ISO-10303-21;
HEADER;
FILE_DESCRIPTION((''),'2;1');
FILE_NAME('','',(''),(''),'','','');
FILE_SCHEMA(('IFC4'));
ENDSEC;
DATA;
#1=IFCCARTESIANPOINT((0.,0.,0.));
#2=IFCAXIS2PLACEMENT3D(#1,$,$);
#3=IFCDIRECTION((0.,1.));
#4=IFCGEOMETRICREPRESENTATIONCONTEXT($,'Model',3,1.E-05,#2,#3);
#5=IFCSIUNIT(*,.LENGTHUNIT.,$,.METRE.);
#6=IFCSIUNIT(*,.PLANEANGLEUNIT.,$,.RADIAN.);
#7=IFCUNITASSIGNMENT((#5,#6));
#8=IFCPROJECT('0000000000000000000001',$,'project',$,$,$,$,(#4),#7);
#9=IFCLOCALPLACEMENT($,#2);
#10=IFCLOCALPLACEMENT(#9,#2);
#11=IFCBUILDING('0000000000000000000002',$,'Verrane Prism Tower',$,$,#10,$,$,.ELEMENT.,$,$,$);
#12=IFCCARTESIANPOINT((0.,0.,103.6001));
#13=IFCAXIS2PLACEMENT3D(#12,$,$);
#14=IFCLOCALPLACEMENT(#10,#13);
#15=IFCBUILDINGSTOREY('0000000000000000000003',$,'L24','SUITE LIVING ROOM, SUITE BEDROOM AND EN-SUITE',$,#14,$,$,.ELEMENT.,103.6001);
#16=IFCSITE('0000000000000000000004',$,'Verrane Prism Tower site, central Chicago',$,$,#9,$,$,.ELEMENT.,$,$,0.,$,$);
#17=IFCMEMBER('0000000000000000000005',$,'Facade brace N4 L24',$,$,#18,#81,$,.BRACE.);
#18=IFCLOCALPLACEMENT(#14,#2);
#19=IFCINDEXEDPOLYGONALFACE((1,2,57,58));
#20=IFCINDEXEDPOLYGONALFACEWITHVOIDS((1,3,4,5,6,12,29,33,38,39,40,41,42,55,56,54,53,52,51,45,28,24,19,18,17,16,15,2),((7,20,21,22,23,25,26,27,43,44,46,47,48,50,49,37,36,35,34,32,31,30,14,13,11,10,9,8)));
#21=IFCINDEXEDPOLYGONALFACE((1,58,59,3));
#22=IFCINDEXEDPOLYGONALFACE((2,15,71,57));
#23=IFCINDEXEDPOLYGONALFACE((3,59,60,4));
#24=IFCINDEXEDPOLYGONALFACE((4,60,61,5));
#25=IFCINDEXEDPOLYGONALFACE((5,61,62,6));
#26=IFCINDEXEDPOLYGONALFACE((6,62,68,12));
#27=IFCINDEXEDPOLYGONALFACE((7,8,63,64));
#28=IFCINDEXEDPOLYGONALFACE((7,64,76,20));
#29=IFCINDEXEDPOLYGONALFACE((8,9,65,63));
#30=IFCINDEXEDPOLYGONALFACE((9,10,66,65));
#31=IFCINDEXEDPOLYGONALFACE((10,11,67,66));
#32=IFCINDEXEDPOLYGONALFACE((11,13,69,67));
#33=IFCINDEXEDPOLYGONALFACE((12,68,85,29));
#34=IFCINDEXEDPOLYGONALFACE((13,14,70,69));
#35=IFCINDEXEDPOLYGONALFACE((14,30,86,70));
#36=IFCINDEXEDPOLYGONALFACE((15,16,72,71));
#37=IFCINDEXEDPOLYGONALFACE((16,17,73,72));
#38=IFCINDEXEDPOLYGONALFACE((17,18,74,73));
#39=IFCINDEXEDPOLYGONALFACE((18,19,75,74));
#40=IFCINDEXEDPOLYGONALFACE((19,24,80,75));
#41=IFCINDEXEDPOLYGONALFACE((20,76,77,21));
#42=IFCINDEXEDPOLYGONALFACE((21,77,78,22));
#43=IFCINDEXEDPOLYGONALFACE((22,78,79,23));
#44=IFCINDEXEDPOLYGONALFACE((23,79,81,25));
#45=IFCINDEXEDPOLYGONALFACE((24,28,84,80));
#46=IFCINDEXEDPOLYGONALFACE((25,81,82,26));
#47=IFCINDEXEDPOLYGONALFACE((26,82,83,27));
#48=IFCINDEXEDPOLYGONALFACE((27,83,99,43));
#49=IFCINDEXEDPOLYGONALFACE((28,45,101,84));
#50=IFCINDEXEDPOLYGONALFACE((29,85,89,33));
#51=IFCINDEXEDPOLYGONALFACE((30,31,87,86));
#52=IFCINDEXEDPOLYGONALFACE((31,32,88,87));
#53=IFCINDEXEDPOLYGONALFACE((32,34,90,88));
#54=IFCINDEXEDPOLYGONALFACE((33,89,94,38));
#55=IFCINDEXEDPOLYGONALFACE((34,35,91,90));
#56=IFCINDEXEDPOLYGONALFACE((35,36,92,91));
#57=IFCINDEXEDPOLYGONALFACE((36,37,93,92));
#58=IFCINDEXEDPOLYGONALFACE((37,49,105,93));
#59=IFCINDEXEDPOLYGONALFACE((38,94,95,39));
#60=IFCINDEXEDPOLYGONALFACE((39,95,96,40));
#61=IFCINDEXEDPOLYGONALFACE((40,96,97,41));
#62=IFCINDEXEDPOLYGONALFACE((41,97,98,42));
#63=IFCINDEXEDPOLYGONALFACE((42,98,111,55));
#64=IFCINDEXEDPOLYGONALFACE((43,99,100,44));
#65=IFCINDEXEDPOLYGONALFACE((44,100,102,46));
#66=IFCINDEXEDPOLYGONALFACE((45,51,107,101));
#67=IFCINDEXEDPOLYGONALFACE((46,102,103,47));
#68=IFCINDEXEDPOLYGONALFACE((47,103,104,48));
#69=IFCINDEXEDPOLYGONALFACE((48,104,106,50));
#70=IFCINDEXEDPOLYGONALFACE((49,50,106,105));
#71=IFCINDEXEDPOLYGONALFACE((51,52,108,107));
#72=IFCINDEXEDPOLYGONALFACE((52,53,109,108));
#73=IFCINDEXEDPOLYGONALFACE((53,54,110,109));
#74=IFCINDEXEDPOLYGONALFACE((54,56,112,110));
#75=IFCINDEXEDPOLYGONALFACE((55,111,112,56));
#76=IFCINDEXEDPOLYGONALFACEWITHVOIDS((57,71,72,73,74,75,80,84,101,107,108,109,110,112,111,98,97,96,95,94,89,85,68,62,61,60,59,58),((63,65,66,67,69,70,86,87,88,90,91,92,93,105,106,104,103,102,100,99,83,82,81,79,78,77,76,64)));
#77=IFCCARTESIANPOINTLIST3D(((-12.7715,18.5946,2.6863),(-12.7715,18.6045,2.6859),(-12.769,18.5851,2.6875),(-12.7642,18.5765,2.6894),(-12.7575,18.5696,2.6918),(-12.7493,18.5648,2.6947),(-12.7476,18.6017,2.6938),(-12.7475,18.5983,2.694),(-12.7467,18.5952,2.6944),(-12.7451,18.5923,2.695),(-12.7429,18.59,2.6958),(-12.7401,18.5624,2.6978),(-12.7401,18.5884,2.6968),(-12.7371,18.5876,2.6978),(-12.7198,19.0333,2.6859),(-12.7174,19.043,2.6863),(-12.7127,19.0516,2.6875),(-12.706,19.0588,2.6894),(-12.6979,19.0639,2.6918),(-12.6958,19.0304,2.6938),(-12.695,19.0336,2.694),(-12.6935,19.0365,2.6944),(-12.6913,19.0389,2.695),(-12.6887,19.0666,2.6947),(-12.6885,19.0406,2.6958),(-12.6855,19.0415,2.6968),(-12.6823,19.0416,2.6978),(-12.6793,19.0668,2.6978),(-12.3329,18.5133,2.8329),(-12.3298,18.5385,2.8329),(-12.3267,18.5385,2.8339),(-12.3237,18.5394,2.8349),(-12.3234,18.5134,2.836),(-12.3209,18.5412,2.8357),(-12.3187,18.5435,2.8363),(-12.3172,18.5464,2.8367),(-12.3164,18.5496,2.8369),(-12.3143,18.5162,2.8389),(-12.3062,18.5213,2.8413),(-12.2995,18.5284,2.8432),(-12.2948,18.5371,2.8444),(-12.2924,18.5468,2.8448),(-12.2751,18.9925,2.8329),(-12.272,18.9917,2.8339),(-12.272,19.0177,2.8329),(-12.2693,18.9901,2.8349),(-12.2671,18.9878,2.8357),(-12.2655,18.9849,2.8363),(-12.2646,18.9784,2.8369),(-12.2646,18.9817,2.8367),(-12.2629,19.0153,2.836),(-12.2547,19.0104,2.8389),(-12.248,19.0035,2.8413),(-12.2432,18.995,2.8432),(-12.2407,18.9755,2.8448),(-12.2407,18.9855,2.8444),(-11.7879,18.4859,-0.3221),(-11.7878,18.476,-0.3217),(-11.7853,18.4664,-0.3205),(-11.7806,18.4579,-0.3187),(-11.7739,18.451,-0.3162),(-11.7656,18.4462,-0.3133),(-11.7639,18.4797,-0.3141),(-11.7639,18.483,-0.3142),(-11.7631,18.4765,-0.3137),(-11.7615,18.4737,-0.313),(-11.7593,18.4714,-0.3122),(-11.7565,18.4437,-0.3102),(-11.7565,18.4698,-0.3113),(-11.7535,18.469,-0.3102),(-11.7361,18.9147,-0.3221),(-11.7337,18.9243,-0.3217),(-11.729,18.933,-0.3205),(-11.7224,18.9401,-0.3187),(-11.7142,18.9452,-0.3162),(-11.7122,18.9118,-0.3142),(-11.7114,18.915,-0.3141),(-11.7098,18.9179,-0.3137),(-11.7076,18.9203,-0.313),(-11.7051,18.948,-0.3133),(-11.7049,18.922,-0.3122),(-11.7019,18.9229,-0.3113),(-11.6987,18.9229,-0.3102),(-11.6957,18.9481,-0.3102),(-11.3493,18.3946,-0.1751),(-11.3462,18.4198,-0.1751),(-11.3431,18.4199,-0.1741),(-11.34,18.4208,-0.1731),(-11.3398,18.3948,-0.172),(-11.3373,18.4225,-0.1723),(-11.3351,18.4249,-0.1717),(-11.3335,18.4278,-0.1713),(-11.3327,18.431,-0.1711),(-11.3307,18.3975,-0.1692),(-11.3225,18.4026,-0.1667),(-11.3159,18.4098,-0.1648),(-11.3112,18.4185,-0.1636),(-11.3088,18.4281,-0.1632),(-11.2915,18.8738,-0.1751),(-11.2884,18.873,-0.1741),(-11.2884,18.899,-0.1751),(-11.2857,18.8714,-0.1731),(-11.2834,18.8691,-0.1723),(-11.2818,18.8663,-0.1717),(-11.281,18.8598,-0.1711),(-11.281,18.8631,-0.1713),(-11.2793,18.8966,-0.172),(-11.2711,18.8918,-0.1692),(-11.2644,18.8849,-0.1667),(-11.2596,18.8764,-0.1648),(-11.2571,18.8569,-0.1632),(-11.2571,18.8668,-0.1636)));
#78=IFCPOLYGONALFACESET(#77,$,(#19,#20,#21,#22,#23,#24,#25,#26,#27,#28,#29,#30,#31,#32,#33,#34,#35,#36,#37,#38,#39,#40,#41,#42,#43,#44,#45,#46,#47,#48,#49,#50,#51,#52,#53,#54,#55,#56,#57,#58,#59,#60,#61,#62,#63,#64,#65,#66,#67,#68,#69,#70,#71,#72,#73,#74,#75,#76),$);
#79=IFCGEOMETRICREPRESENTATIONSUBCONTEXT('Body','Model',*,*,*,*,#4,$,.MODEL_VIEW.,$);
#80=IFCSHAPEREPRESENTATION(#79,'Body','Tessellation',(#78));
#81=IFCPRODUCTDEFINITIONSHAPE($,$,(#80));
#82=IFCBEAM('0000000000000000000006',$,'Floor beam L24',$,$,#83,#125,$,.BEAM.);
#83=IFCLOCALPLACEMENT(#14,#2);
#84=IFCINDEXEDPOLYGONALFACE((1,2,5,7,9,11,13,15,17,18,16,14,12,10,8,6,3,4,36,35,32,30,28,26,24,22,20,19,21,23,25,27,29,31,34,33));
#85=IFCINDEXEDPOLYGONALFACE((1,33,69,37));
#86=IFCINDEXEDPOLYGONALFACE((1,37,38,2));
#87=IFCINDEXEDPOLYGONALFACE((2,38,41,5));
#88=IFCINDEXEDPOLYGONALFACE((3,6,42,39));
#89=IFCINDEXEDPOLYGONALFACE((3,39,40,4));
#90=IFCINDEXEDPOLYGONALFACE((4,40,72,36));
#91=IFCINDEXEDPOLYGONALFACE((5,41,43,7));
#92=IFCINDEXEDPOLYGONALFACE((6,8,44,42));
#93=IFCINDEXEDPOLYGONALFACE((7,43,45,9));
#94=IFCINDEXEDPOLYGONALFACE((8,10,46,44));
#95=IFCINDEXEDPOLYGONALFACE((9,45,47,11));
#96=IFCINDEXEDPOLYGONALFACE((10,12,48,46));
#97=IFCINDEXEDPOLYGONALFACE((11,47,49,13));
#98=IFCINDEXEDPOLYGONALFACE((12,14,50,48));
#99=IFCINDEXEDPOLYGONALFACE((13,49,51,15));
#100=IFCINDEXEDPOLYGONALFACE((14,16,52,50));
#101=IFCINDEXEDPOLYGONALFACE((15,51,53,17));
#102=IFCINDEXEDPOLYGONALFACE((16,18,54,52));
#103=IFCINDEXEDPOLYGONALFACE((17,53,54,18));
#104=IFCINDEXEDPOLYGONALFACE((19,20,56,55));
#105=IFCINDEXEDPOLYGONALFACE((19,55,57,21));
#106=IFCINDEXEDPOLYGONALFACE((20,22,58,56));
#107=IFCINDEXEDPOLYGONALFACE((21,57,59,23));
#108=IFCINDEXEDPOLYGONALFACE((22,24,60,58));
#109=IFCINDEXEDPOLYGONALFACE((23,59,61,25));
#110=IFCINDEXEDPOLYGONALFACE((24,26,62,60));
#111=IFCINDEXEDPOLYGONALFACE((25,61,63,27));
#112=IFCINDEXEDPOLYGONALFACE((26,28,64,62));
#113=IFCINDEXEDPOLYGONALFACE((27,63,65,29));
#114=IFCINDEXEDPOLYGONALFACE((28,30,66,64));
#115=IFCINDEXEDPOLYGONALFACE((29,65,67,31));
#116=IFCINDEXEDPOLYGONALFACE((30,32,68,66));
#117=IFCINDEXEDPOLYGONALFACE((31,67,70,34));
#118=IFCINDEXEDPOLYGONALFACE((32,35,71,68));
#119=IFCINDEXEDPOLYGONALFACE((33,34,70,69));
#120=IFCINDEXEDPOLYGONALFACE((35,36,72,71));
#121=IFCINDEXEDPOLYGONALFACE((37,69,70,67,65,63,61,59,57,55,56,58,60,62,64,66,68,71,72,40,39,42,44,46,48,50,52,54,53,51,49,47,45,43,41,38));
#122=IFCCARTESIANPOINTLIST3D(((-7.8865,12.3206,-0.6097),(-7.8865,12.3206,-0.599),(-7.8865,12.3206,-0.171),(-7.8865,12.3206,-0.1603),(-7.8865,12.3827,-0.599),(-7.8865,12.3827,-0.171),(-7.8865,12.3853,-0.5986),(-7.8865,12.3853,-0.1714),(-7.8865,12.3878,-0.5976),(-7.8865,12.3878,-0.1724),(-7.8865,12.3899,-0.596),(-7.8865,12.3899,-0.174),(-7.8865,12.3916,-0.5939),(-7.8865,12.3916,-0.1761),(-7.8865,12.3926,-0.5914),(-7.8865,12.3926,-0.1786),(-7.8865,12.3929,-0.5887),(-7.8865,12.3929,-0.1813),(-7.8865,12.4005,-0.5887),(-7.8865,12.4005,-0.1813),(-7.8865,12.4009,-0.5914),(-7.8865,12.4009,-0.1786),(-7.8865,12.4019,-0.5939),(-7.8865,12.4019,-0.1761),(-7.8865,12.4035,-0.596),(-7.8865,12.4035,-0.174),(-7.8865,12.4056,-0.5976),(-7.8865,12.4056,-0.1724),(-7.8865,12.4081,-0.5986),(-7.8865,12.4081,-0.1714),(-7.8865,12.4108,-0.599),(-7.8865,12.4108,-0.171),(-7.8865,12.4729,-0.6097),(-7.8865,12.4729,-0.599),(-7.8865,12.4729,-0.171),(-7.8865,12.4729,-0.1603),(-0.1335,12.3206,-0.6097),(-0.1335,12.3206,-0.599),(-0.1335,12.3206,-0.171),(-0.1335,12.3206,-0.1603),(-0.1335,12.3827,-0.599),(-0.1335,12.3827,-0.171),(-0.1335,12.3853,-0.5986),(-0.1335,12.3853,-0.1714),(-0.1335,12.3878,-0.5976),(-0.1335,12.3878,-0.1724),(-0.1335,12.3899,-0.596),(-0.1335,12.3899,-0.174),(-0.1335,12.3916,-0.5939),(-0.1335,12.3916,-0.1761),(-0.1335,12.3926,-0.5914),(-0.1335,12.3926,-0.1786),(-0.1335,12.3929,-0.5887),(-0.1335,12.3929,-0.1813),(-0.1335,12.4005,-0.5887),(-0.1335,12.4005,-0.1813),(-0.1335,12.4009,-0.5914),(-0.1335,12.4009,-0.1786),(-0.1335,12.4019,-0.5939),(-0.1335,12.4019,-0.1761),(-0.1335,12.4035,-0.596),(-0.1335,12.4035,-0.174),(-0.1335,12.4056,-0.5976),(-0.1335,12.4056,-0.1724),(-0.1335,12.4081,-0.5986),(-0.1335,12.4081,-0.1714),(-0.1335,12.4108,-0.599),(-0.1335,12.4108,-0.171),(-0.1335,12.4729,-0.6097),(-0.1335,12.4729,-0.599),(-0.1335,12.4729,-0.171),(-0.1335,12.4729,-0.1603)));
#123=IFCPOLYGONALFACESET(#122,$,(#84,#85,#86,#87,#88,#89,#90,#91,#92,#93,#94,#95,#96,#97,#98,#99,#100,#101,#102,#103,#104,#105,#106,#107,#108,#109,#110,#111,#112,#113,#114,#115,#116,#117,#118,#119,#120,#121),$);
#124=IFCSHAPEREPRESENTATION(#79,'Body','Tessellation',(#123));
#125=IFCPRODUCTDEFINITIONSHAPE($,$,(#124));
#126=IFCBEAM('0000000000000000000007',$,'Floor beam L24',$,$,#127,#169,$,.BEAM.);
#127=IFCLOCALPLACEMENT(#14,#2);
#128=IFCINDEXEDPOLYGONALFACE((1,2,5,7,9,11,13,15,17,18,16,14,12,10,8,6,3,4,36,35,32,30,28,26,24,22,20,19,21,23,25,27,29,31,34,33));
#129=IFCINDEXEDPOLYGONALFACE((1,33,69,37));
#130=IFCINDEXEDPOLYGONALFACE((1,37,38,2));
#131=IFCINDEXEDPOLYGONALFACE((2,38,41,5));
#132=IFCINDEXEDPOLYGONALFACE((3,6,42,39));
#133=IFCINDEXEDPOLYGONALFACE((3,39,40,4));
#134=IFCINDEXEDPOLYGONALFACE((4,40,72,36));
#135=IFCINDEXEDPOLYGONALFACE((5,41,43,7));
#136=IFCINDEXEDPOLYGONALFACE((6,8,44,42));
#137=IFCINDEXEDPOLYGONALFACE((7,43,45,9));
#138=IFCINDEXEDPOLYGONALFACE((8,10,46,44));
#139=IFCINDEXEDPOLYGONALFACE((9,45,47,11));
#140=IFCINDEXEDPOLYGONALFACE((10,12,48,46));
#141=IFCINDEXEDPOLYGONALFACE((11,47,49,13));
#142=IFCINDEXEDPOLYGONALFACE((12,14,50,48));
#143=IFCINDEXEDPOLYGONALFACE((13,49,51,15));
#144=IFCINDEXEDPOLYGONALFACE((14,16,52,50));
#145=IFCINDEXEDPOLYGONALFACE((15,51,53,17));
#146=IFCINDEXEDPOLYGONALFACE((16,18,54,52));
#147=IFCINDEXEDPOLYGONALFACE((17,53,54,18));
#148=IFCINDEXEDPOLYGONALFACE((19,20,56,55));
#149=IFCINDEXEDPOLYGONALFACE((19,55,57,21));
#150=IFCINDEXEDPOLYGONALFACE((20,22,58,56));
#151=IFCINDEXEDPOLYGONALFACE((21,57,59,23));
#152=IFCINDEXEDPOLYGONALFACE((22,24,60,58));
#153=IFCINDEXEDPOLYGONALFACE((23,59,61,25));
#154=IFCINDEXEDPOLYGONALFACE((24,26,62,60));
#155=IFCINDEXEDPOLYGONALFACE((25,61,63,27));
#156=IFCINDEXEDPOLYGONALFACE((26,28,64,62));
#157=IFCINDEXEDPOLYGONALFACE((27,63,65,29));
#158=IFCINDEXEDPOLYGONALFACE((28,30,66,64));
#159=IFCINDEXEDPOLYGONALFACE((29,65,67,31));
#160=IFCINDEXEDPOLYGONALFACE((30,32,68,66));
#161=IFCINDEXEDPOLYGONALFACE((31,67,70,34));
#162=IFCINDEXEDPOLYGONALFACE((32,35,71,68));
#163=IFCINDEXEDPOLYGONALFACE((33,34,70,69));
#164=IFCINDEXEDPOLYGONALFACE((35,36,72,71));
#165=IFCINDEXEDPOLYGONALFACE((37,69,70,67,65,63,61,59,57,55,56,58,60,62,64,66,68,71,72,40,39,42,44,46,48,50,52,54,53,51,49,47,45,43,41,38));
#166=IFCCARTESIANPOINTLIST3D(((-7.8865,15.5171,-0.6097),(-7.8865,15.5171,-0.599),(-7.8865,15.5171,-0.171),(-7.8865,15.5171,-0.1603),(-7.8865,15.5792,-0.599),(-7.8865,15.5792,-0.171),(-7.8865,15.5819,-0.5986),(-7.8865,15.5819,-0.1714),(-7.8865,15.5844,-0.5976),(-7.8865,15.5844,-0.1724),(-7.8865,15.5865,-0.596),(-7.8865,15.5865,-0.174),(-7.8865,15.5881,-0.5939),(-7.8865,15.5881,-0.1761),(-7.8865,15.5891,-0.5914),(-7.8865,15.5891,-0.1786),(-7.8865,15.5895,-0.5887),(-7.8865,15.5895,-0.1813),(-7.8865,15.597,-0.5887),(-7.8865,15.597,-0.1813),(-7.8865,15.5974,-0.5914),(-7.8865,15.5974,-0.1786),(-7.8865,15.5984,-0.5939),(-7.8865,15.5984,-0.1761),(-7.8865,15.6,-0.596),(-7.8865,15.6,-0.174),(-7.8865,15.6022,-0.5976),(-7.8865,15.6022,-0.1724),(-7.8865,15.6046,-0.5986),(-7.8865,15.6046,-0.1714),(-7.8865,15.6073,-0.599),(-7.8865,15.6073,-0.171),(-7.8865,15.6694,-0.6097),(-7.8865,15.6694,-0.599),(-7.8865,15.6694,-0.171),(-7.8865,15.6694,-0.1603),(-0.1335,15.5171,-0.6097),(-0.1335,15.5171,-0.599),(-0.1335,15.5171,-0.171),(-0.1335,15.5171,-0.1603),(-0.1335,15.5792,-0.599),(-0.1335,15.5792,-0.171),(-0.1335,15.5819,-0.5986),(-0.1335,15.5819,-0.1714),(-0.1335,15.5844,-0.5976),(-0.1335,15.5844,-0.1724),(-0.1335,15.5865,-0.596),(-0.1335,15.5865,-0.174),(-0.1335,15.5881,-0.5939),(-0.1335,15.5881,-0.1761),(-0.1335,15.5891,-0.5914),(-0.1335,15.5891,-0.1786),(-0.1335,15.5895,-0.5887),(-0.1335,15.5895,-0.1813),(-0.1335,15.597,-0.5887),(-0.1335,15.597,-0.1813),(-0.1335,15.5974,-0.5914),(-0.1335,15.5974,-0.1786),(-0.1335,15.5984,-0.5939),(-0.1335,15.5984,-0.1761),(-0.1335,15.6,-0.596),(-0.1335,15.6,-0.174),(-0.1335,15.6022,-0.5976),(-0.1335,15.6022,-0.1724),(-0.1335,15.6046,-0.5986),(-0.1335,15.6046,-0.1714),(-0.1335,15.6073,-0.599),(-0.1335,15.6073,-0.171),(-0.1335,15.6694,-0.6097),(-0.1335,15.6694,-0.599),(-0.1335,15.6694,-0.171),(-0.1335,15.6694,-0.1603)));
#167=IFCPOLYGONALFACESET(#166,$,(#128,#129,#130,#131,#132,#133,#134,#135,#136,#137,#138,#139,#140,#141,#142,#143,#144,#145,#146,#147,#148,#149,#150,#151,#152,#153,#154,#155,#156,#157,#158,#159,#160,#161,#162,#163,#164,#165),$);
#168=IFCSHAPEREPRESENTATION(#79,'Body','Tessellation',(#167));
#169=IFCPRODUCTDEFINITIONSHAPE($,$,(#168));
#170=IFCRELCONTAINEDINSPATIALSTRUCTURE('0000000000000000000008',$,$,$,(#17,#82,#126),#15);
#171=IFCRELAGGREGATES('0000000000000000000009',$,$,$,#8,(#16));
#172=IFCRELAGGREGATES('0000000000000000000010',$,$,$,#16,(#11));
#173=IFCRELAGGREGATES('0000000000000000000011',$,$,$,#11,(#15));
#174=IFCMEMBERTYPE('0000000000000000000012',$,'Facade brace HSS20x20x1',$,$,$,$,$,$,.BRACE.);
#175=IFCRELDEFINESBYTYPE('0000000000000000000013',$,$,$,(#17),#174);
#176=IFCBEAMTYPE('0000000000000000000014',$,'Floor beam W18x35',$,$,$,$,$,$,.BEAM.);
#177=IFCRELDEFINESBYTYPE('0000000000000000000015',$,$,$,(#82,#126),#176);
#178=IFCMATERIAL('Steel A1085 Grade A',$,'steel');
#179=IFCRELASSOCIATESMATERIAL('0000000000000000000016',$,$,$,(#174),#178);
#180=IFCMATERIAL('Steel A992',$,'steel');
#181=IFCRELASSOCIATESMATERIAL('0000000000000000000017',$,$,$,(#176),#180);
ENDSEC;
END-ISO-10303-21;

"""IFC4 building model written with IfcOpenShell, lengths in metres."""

from ifc_helpers import new_model, si_unit, direction, frame, origin, origin_2d, place, context, subcontext, project, spatial, hollow_rectangle, i_section, extrude, material, material_profile, profile_set, type_object, element, save


model = new_model("IFC4")

# Units and contexts
model_context = context("Model", 3, precision=1e-05, world=origin(), true_north=direction((0.0, 1.0)))
body_context = subcontext(model_context, "Body", "Model", "MODEL_VIEW")
ifc_project = project(units=[si_unit("LENGTHUNIT", "METRE"), si_unit("PLANEANGLEUNIT", "RADIAN")], contexts=[model_context])

# Site, building, storey
site_placement = place(None, origin())
site = spatial("IfcSite", under=ifc_project, at=site_placement, Name="Verrane Prism Tower site, central Chicago", CompositionType="ELEMENT", RefElevation=0.0)
building_placement = place(site_placement, origin())
building = spatial("IfcBuilding", under=site, at=building_placement, Name="Verrane Prism Tower", CompositionType="ELEMENT")
storey_placement = place(building_placement, frame((0.0, 0.0, 103.6001)))
storey = spatial("IfcBuildingStorey", under=building, at=storey_placement, Name="L24", Description="SUITE LIVING ROOM, SUITE BEDROOM AND EN-SUITE", CompositionType="ELEMENT", Elevation=103.6001)

# Member
ifc_material_1 = material(Name="Steel A1085 Grade A", Category="steel")
ifc_material_profile_1 = material_profile(ifc_material_1, hollow_rectangle(XDim=0.5081, YDim=0.5081, WallThickness=0.0254, InnerFilletRadius=0.0127, OuterFilletRadius=0.0381, at=origin_2d()), Name="HSS20x20x1")
ifc_profile_set_1 = profile_set([ifc_material_profile_1], Name="Steel A1085 Grade A")
member_type_1 = type_object("IfcMemberType", Name="Facade brace HSS20x20x1", PredefinedType="BRACE", material=ifc_profile_set_1)
member_1_placement = place(storey_placement, frame((-11.5225, 18.6714, -0.2427), z_axis=(-0.310589, 0.037465, 0.949806), x_axis=(-0.119757, -0.992803, 0.0)))
element("IfcMember", 1, at=member_1_placement, inside=storey, type_object=member_type_1, Name="Facade brace N4 L24", PredefinedType="BRACE", context=body_context, shape_type="SweptSolid", body=[
    extrude(hollow_rectangle(XDim=0.5081, YDim=0.5081, WallThickness=0.0254, InnerFilletRadius=0.0127, OuterFilletRadius=0.0381, at=origin_2d()), origin(), (0.0, 0.0, 1.0), 3.167),
])

# Beams
ifc_material_2 = material(Name="Steel A992", Category="steel")
ifc_material_profile_2 = material_profile(ifc_material_2, i_section(OverallWidth=0.1523, OverallDepth=0.4495, WebThickness=0.0076, FlangeThickness=0.0107, FilletRadius=0.0103, at=origin_2d()), Name="W18x35")
ifc_profile_set_2 = profile_set([ifc_material_profile_2], Name="Steel A992")
beam_type_1 = type_object("IfcBeamType", Name="Floor beam W18x35", PredefinedType="BEAM", material=ifc_profile_set_2)
for number, where, z_axis, x_axis, name in (
    (2, (-7.8865, 12.3967, -0.385), (1.0, 0.0, 0.0), (0.0, 1.0, 0.0), "Floor beam L24"),
    (3, (-7.8865, 15.5933, -0.385), (1.0, 0.0, 0.0), (0.0, 1.0, 0.0), "Floor beam L24"),
):
    element("IfcBeam", number, at=place(storey_placement, frame(where, z_axis=z_axis, x_axis=x_axis)), inside=storey, type_object=beam_type_1, Name=name, PredefinedType="BEAM", context=body_context, shape_type="SweptSolid", body=[
        extrude(i_section(OverallWidth=0.1523, OverallDepth=0.4495, WebThickness=0.0076, FlangeThickness=0.0107, FilletRadius=0.0103, at=origin_2d()), origin(), (0.0, 0.0, 1.0), 7.7529),
    ])

save(model, "model.ifc")
